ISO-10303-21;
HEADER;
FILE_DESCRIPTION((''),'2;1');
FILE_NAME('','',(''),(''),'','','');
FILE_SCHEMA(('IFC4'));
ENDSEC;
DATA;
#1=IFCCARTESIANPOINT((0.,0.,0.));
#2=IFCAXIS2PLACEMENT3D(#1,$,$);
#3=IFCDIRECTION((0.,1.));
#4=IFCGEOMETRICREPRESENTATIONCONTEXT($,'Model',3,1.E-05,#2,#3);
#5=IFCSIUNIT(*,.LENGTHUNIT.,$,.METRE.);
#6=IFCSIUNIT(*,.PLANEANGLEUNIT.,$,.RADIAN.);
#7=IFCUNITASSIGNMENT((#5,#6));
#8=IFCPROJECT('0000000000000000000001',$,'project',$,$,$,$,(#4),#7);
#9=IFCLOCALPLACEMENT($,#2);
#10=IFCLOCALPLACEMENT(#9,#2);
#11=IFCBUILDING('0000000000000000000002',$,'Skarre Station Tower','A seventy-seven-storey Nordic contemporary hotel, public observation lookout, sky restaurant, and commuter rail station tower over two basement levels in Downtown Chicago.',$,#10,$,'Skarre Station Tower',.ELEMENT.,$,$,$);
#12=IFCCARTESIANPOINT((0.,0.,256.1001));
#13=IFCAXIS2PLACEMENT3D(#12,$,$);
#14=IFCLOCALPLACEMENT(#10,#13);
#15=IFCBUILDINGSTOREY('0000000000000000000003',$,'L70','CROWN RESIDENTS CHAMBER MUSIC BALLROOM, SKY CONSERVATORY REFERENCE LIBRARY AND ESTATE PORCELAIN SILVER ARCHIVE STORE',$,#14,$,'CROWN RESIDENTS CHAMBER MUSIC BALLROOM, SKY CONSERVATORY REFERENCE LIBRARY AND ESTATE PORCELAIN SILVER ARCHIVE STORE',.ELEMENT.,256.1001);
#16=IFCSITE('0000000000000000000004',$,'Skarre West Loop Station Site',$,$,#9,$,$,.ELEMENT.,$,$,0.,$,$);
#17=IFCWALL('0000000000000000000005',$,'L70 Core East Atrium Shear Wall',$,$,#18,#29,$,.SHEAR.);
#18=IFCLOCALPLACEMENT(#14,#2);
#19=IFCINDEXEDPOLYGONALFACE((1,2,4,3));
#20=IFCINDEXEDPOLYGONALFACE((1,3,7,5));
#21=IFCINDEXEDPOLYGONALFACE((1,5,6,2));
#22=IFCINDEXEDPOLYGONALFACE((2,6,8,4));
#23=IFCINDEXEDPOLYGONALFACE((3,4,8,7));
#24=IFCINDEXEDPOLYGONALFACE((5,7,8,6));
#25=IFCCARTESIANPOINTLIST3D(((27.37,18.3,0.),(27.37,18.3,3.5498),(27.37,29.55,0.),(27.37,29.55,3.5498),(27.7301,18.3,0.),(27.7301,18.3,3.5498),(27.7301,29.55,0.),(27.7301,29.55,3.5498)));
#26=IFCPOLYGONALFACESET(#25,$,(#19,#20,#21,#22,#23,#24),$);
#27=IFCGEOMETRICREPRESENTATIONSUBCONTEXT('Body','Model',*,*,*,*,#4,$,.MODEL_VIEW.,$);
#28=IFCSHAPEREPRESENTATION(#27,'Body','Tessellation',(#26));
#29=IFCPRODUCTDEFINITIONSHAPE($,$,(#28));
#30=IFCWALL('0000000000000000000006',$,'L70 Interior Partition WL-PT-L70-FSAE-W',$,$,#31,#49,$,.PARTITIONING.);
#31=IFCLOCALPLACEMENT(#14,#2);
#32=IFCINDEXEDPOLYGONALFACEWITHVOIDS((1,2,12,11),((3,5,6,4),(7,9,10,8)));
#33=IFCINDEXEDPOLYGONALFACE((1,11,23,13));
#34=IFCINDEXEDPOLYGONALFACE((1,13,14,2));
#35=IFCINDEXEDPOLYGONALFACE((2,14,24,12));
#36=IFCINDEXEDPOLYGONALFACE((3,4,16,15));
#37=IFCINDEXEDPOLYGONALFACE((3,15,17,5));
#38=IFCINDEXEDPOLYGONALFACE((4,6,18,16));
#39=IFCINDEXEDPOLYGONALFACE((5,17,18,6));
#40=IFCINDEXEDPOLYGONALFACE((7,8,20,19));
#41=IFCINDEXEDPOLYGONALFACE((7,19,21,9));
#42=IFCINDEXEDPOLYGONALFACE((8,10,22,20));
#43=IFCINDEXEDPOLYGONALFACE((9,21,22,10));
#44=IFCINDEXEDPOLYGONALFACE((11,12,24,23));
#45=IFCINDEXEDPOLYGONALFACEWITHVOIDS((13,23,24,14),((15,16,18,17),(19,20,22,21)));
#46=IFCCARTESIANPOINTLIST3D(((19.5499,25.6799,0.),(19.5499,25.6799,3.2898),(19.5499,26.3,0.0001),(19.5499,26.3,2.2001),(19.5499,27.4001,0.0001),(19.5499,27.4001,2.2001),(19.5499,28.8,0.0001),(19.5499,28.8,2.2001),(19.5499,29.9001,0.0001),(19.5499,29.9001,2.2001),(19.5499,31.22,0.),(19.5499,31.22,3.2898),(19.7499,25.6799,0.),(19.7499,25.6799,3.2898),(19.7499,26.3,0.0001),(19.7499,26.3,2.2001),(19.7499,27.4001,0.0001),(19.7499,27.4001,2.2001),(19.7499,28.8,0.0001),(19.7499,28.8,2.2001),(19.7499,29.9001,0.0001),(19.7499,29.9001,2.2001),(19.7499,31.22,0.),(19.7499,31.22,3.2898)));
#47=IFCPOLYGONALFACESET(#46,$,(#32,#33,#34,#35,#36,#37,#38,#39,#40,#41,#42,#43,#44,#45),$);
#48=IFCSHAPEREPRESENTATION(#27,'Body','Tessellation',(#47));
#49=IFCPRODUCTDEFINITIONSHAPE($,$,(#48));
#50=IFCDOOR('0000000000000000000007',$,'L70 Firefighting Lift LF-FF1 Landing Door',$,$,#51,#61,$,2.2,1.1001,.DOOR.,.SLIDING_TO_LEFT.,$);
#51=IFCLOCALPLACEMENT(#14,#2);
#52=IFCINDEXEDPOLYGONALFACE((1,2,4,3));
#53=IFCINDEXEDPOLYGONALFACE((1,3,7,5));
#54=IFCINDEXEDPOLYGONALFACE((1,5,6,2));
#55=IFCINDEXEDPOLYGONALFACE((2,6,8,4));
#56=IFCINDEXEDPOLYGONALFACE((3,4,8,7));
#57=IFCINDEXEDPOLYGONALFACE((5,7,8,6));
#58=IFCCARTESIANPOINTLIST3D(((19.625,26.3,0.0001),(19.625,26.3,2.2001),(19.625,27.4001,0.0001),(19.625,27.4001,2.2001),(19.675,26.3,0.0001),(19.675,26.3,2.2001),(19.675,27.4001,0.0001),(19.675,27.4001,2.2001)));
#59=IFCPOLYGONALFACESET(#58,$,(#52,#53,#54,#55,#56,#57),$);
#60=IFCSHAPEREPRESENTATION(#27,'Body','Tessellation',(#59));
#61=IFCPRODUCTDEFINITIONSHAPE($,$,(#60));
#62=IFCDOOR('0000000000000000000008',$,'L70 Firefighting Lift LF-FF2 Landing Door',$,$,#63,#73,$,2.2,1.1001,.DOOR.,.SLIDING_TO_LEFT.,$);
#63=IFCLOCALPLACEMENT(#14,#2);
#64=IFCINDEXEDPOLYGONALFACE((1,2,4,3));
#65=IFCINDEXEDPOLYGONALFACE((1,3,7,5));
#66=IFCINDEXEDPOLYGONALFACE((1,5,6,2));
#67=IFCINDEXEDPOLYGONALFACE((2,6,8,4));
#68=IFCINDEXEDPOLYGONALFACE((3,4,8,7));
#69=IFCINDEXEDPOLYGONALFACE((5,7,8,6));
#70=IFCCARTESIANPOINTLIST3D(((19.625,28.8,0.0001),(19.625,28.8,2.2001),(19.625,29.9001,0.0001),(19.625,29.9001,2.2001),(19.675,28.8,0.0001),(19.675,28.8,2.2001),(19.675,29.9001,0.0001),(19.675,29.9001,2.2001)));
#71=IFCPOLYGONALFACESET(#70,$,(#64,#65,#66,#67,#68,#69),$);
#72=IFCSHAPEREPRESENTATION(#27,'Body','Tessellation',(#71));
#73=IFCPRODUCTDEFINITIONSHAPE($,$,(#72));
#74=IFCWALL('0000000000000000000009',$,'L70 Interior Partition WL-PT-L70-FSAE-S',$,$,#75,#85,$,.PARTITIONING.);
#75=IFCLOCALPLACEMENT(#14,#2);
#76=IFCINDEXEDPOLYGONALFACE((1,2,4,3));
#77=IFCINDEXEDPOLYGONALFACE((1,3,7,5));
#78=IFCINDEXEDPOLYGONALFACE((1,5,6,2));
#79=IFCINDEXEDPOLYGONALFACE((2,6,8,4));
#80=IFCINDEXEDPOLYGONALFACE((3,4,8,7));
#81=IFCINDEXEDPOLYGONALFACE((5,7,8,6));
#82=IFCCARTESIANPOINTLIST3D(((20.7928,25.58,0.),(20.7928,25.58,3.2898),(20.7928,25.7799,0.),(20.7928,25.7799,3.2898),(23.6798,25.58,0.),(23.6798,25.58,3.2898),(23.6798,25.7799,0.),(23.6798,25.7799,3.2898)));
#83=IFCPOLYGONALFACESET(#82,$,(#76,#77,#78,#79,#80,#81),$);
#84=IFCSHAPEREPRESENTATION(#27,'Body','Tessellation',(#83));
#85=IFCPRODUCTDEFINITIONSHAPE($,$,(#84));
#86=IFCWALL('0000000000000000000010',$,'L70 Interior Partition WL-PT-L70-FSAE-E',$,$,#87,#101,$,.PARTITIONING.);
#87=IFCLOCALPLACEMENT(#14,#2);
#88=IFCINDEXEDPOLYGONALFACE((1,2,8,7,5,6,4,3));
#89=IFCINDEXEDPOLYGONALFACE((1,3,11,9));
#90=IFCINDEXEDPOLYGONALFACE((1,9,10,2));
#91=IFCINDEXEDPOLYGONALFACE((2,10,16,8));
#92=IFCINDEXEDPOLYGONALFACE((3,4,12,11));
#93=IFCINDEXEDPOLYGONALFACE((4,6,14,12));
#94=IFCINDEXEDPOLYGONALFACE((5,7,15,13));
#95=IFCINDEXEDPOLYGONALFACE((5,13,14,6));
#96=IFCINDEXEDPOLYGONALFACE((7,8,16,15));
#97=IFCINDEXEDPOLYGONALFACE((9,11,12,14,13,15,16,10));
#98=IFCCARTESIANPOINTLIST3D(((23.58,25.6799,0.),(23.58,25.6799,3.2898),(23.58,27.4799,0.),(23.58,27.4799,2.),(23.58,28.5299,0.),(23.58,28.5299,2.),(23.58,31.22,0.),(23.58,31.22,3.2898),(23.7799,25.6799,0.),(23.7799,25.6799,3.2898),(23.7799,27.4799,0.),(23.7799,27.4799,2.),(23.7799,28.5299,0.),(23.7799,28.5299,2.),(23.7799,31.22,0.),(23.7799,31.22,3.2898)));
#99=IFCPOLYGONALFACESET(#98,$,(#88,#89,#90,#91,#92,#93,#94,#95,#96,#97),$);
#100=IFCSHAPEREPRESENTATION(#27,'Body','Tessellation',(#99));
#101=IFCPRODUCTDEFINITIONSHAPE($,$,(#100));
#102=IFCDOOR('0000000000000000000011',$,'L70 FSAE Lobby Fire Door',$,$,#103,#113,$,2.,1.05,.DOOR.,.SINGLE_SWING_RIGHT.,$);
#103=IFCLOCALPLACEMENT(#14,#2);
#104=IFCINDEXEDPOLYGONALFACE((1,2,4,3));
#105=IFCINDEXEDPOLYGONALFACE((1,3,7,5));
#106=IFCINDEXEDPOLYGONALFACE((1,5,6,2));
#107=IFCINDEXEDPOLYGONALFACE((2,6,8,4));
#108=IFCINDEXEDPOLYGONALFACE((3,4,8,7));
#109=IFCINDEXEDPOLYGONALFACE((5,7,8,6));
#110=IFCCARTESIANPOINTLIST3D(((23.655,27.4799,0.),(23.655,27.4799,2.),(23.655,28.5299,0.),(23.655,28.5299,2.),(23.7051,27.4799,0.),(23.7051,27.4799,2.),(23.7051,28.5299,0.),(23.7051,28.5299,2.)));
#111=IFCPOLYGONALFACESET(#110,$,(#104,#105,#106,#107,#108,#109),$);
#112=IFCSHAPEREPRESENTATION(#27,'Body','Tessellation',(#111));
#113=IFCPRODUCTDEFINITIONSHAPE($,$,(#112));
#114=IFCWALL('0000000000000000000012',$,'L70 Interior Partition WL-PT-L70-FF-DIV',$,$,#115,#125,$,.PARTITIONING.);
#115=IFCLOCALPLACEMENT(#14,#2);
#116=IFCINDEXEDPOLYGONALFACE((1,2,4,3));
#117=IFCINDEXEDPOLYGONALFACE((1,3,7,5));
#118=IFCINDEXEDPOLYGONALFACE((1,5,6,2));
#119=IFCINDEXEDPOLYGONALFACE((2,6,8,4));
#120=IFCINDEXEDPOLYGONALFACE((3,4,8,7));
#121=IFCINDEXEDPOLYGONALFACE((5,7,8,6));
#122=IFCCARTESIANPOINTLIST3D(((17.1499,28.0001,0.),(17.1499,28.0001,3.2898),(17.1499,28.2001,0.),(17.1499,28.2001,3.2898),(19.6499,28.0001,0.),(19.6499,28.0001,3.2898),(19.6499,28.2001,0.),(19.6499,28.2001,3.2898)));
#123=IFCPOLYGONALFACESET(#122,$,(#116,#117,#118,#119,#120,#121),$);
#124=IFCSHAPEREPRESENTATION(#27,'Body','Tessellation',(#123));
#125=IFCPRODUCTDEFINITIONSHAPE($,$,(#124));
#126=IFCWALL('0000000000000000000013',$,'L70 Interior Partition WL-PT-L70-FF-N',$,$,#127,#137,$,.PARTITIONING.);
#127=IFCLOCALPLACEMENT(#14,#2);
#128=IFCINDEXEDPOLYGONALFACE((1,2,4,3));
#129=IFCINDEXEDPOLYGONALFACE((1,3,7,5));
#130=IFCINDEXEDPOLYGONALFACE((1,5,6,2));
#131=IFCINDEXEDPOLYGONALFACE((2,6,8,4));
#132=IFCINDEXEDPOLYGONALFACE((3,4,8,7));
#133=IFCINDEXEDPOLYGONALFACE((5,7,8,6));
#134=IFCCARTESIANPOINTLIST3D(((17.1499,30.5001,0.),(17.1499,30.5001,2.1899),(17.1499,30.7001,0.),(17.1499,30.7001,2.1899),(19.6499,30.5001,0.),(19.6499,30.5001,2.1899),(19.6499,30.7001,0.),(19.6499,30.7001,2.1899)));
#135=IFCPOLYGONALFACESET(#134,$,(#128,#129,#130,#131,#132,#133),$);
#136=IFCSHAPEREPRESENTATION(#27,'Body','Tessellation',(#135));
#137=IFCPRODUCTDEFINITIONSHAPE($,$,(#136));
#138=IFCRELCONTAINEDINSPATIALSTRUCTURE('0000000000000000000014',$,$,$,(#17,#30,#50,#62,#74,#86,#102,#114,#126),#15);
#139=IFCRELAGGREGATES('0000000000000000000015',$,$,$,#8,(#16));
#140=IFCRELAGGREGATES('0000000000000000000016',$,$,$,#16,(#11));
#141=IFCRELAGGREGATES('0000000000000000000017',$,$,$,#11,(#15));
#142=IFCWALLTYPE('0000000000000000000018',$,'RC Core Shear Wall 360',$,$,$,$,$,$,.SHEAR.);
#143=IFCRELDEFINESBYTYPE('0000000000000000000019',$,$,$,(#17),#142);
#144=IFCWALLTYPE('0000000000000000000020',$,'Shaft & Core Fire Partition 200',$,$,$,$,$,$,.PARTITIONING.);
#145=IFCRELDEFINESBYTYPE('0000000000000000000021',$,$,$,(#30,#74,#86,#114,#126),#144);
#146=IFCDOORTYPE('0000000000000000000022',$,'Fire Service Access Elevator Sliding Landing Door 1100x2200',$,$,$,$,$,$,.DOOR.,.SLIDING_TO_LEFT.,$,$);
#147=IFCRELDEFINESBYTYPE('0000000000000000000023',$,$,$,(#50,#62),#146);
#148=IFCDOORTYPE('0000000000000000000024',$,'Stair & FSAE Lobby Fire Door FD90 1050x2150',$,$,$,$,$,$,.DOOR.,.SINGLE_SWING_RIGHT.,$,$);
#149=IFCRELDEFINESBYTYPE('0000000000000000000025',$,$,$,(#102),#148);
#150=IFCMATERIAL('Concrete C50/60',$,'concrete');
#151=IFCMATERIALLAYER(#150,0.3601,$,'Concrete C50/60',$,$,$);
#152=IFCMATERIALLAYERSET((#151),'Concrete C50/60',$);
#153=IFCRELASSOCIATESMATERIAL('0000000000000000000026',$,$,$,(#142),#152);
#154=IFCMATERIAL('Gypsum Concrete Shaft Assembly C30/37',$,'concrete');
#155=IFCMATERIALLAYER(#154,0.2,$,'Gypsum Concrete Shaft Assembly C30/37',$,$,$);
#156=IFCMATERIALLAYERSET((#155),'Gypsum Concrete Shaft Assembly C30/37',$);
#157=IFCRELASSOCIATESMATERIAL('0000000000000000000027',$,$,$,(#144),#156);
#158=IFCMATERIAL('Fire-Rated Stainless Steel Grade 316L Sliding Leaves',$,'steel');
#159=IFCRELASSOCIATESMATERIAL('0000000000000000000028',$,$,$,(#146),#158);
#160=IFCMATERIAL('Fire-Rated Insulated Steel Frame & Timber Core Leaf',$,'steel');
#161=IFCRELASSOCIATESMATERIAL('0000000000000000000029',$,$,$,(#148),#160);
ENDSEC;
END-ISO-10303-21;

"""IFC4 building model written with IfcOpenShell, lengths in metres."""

from ifc_helpers import new_model, si_unit, direction, frame, frame_2d, origin, place, context, subcontext, project, spatial, rectangle, extrude, material, layer, layer_set, type_object, element, fill, save


model = new_model("IFC4")

# Units and contexts
model_context = context("Model", 3, precision=1e-05, world=origin(), true_north=direction((0.0, 1.0)))
body_context = subcontext(model_context, "Body", "Model", "MODEL_VIEW")
ifc_project = project(units=[si_unit("LENGTHUNIT", "METRE"), si_unit("PLANEANGLEUNIT", "RADIAN")], contexts=[model_context])

# Site, building, storey
site_placement = place(None, origin())
site = spatial("IfcSite", under=ifc_project, at=site_placement, Name="Skarre West Loop Station Site", CompositionType="ELEMENT", RefElevation=0.0)
building_placement = place(site_placement, origin())
building = spatial("IfcBuilding", under=site, at=building_placement, Name="Skarre Station Tower", Description="A seventy-seven-storey Nordic contemporary hotel, public observation lookout, sky restaurant, and commuter rail station tower over two basement levels in Downtown Chicago.", LongName="Skarre Station Tower", CompositionType="ELEMENT")
storey_placement = place(building_placement, frame((0.0, 0.0, 256.1001)))
storey = spatial("IfcBuildingStorey", under=building, at=storey_placement, Name="L70", Description="CROWN RESIDENTS CHAMBER MUSIC BALLROOM, SKY CONSERVATORY REFERENCE LIBRARY AND ESTATE PORCELAIN SILVER ARCHIVE STORE", LongName="CROWN RESIDENTS CHAMBER MUSIC BALLROOM, SKY CONSERVATORY REFERENCE LIBRARY AND ESTATE PORCELAIN SILVER ARCHIVE STORE", CompositionType="ELEMENT", Elevation=256.1001)

# Shared definitions
ifc_material_1 = material(Name="Concrete C50/60", Category="concrete")

# Wall
ifc_layer_1 = layer(ifc_material_1, 0.3601, Name="Concrete C50/60")
ifc_layer_set_1 = layer_set([ifc_layer_1], Name="Concrete C50/60")
wall_type_1 = type_object("IfcWallType", Name="RC Core Shear Wall 360", PredefinedType="SHEAR", material=ifc_layer_set_1)
wall_1_placement = place(storey_placement, frame((27.55, 29.55, 0.0), z_axis=(0.0, 0.0, 1.0), x_axis=(0.0, -1.0, 0.0)))
element("IfcWall", 1, at=wall_1_placement, inside=storey, type_object=wall_type_1, Name="L70 Core East Atrium Shear Wall", PredefinedType="SHEAR", context=body_context, shape_type="SweptSolid", body=[
    extrude(rectangle(XDim=11.25, YDim=0.3601, at=frame_2d((5.625, 0.0))), origin(), (0.0, 0.0, 1.0), 3.5498),
])

# Wall, openings, doors
ifc_material_2 = material(Name="Gypsum Concrete Shaft Assembly C30/37", Category="concrete")
ifc_layer_2 = layer(ifc_material_2, 0.2, Name="Gypsum Concrete Shaft Assembly C30/37")
ifc_layer_set_2 = layer_set([ifc_layer_2], Name="Gypsum Concrete Shaft Assembly C30/37")
wall_type_2 = type_object("IfcWallType", Name="Shaft & Core Fire Partition 200", PredefinedType="PARTITIONING", material=ifc_layer_set_2)
wall_2_placement = place(storey_placement, frame((19.6499, 25.6799, 0.0), z_axis=(0.0, 0.0, 1.0), x_axis=(0.0, 1.0, 0.0)))
wall_2 = element("IfcWall", 2, at=wall_2_placement, inside=storey, type_object=wall_type_2, Name="L70 Interior Partition WL-PT-L70-FSAE-W", PredefinedType="PARTITIONING", context=body_context, shape_type="SweptSolid", body=[
    extrude(rectangle(XDim=5.54, YDim=0.2, at=frame_2d((2.77, 0.0))), origin(), (0.0, 0.0, 1.0), 3.2898),
])
opening_1_placement = place(wall_2_placement, frame((0.6201, 0.0, 0.0)))
opening_1 = element("IfcOpeningElement", 3, at=opening_1_placement, cuts=wall_2, PredefinedType="OPENING", context=body_context, shape_type="SweptSolid", body=[
    extrude(rectangle(XDim=1.1001, YDim=2.2, at=frame_2d((0.55, 1.1001))), frame((0.0, 0.1099, 0.0), z_axis=(0.0, -1.0, 0.0), x_axis=(1.0, 0.0, 0.0)), (0.0, 0.0, 1.0), 0.22),
])
opening_2_placement = place(wall_2_placement, frame((3.1201, 0.0, 0.0)))
opening_2 = element("IfcOpeningElement", 4, at=opening_2_placement, cuts=wall_2, PredefinedType="OPENING", context=body_context, shape_type="SweptSolid", body=[
    extrude(rectangle(XDim=1.1001, YDim=2.2, at=frame_2d((0.55, 1.1001))), frame((0.0, 0.1099, 0.0), z_axis=(0.0, -1.0, 0.0), x_axis=(1.0, 0.0, 0.0)), (0.0, 0.0, 1.0), 0.22),
])
ifc_material_3 = material(Name="Fire-Rated Stainless Steel Grade 316L Sliding Leaves", Category="steel")
door_type_1 = type_object("IfcDoorType", Name="Fire Service Access Elevator Sliding Landing Door 1100x2200", OperationType="SLIDING_TO_LEFT", PredefinedType="DOOR", material=ifc_material_3)
door_1_placement = place(opening_1_placement, origin())
door_1 = element("IfcDoor", 5, at=door_1_placement, inside=storey, type_object=door_type_1, Name="L70 Firefighting Lift LF-FF1 Landing Door", OperationType="SLIDING_TO_LEFT", OverallHeight=2.2, OverallWidth=1.1001, PredefinedType="DOOR", context=body_context, shape_type="SweptSolid", body=[
    extrude(rectangle(XDim=1.1001, YDim=2.2, at=frame_2d((0.55, 1.1001))), frame((0.0, 0.0249, 0.0), z_axis=(0.0, -1.0, 0.0), x_axis=(1.0, 0.0, 0.0)), (0.0, 0.0, 1.0), 0.05),
])
fill(opening_1, door_1)
door_2_placement = place(opening_2_placement, origin())
door_2 = element("IfcDoor", 6, at=door_2_placement, inside=storey, type_object=door_type_1, Name="L70 Firefighting Lift LF-FF2 Landing Door", OperationType="SLIDING_TO_LEFT", OverallHeight=2.2, OverallWidth=1.1001, PredefinedType="DOOR", context=body_context, shape_type="SweptSolid", body=[
    extrude(rectangle(XDim=1.1001, YDim=2.2, at=frame_2d((0.55, 1.1001))), frame((0.0, 0.0249, 0.0), z_axis=(0.0, -1.0, 0.0), x_axis=(1.0, 0.0, 0.0)), (0.0, 0.0, 1.0), 0.05),
])
fill(opening_2, door_2)

# Wall
wall_3_placement = place(storey_placement, frame((20.793, 25.6799, 0.0), z_axis=(0.0, 0.0, 1.0), x_axis=(1.0, 0.0, 0.0)))
element("IfcWall", 7, at=wall_3_placement, inside=storey, type_object=wall_type_2, Name="L70 Interior Partition WL-PT-L70-FSAE-S", PredefinedType="PARTITIONING", context=body_context, shape_type="SweptSolid", body=[
    extrude(rectangle(XDim=2.887, YDim=0.2, at=frame_2d((1.4434, 0.0))), origin(), (0.0, 0.0, 1.0), 3.2898),
])

# Wall, opening, door
wall_4_placement = place(storey_placement, frame((23.6799, 25.6799, 0.0), z_axis=(0.0, 0.0, 1.0), x_axis=(0.0, 1.0, 0.0)))
wall_4 = element("IfcWall", 8, at=wall_4_placement, inside=storey, type_object=wall_type_2, Name="L70 Interior Partition WL-PT-L70-FSAE-E", PredefinedType="PARTITIONING", context=body_context, shape_type="SweptSolid", body=[
    extrude(rectangle(XDim=5.54, YDim=0.2, at=frame_2d((2.77, 0.0))), origin(), (0.0, 0.0, 1.0), 3.2898),
])
opening_3_placement = place(wall_4_placement, frame((1.8, 0.0, 0.0)))
opening_3 = element("IfcOpeningElement", 9, at=opening_3_placement, cuts=wall_4, PredefinedType="OPENING", context=body_context, shape_type="SweptSolid", body=[
    extrude(rectangle(XDim=1.05, YDim=2.0, at=frame_2d((0.5249, 1.0))), frame((0.0, 0.1099, 0.0), z_axis=(0.0, -1.0, 0.0), x_axis=(1.0, 0.0, 0.0)), (0.0, 0.0, 1.0), 0.22),
])
ifc_material_4 = material(Name="Fire-Rated Insulated Steel Frame & Timber Core Leaf", Category="steel")
door_type_2 = type_object("IfcDoorType", Name="Stair & FSAE Lobby Fire Door FD90 1050x2150", OperationType="SINGLE_SWING_RIGHT", PredefinedType="DOOR", material=ifc_material_4)
door_3_placement = place(opening_3_placement, origin())
door_3 = element("IfcDoor", 10, at=door_3_placement, inside=storey, type_object=door_type_2, Name="L70 FSAE Lobby Fire Door", OperationType="SINGLE_SWING_RIGHT", OverallHeight=2.0, OverallWidth=1.05, PredefinedType="DOOR", context=body_context, shape_type="SweptSolid", body=[
    extrude(rectangle(XDim=1.05, YDim=2.0, at=frame_2d((0.5249, 1.0))), frame((0.0, 0.0249, 0.0), z_axis=(0.0, -1.0, 0.0), x_axis=(1.0, 0.0, 0.0)), (0.0, 0.0, 1.0), 0.05),
])
fill(opening_3, door_3)

# Walls
wall_5_placement = place(storey_placement, frame((17.1499, 28.1001, 0.0), z_axis=(0.0, 0.0, 1.0), x_axis=(1.0, 0.0, 0.0)))
element("IfcWall", 11, at=wall_5_placement, inside=storey, type_object=wall_type_2, Name="L70 Interior Partition WL-PT-L70-FF-DIV", PredefinedType="PARTITIONING", context=body_context, shape_type="SweptSolid", body=[
    extrude(rectangle(XDim=2.5, YDim=0.2, at=frame_2d((1.25, 0.0))), origin(), (0.0, 0.0, 1.0), 3.2898),
])
wall_6_placement = place(storey_placement, frame((19.6499, 30.6001, 0.0), z_axis=(0.0, 0.0, 1.0), x_axis=(-1.0, 0.0, 0.0)))
element("IfcWall", 12, at=wall_6_placement, inside=storey, type_object=wall_type_2, Name="L70 Interior Partition WL-PT-L70-FF-N", PredefinedType="PARTITIONING", context=body_context, shape_type="SweptSolid", body=[
    extrude(rectangle(XDim=2.5, YDim=0.2, at=frame_2d((1.25, 0.0))), origin(), (0.0, 0.0, 1.0), 2.1899),
])

save(model, "model.ifc")
